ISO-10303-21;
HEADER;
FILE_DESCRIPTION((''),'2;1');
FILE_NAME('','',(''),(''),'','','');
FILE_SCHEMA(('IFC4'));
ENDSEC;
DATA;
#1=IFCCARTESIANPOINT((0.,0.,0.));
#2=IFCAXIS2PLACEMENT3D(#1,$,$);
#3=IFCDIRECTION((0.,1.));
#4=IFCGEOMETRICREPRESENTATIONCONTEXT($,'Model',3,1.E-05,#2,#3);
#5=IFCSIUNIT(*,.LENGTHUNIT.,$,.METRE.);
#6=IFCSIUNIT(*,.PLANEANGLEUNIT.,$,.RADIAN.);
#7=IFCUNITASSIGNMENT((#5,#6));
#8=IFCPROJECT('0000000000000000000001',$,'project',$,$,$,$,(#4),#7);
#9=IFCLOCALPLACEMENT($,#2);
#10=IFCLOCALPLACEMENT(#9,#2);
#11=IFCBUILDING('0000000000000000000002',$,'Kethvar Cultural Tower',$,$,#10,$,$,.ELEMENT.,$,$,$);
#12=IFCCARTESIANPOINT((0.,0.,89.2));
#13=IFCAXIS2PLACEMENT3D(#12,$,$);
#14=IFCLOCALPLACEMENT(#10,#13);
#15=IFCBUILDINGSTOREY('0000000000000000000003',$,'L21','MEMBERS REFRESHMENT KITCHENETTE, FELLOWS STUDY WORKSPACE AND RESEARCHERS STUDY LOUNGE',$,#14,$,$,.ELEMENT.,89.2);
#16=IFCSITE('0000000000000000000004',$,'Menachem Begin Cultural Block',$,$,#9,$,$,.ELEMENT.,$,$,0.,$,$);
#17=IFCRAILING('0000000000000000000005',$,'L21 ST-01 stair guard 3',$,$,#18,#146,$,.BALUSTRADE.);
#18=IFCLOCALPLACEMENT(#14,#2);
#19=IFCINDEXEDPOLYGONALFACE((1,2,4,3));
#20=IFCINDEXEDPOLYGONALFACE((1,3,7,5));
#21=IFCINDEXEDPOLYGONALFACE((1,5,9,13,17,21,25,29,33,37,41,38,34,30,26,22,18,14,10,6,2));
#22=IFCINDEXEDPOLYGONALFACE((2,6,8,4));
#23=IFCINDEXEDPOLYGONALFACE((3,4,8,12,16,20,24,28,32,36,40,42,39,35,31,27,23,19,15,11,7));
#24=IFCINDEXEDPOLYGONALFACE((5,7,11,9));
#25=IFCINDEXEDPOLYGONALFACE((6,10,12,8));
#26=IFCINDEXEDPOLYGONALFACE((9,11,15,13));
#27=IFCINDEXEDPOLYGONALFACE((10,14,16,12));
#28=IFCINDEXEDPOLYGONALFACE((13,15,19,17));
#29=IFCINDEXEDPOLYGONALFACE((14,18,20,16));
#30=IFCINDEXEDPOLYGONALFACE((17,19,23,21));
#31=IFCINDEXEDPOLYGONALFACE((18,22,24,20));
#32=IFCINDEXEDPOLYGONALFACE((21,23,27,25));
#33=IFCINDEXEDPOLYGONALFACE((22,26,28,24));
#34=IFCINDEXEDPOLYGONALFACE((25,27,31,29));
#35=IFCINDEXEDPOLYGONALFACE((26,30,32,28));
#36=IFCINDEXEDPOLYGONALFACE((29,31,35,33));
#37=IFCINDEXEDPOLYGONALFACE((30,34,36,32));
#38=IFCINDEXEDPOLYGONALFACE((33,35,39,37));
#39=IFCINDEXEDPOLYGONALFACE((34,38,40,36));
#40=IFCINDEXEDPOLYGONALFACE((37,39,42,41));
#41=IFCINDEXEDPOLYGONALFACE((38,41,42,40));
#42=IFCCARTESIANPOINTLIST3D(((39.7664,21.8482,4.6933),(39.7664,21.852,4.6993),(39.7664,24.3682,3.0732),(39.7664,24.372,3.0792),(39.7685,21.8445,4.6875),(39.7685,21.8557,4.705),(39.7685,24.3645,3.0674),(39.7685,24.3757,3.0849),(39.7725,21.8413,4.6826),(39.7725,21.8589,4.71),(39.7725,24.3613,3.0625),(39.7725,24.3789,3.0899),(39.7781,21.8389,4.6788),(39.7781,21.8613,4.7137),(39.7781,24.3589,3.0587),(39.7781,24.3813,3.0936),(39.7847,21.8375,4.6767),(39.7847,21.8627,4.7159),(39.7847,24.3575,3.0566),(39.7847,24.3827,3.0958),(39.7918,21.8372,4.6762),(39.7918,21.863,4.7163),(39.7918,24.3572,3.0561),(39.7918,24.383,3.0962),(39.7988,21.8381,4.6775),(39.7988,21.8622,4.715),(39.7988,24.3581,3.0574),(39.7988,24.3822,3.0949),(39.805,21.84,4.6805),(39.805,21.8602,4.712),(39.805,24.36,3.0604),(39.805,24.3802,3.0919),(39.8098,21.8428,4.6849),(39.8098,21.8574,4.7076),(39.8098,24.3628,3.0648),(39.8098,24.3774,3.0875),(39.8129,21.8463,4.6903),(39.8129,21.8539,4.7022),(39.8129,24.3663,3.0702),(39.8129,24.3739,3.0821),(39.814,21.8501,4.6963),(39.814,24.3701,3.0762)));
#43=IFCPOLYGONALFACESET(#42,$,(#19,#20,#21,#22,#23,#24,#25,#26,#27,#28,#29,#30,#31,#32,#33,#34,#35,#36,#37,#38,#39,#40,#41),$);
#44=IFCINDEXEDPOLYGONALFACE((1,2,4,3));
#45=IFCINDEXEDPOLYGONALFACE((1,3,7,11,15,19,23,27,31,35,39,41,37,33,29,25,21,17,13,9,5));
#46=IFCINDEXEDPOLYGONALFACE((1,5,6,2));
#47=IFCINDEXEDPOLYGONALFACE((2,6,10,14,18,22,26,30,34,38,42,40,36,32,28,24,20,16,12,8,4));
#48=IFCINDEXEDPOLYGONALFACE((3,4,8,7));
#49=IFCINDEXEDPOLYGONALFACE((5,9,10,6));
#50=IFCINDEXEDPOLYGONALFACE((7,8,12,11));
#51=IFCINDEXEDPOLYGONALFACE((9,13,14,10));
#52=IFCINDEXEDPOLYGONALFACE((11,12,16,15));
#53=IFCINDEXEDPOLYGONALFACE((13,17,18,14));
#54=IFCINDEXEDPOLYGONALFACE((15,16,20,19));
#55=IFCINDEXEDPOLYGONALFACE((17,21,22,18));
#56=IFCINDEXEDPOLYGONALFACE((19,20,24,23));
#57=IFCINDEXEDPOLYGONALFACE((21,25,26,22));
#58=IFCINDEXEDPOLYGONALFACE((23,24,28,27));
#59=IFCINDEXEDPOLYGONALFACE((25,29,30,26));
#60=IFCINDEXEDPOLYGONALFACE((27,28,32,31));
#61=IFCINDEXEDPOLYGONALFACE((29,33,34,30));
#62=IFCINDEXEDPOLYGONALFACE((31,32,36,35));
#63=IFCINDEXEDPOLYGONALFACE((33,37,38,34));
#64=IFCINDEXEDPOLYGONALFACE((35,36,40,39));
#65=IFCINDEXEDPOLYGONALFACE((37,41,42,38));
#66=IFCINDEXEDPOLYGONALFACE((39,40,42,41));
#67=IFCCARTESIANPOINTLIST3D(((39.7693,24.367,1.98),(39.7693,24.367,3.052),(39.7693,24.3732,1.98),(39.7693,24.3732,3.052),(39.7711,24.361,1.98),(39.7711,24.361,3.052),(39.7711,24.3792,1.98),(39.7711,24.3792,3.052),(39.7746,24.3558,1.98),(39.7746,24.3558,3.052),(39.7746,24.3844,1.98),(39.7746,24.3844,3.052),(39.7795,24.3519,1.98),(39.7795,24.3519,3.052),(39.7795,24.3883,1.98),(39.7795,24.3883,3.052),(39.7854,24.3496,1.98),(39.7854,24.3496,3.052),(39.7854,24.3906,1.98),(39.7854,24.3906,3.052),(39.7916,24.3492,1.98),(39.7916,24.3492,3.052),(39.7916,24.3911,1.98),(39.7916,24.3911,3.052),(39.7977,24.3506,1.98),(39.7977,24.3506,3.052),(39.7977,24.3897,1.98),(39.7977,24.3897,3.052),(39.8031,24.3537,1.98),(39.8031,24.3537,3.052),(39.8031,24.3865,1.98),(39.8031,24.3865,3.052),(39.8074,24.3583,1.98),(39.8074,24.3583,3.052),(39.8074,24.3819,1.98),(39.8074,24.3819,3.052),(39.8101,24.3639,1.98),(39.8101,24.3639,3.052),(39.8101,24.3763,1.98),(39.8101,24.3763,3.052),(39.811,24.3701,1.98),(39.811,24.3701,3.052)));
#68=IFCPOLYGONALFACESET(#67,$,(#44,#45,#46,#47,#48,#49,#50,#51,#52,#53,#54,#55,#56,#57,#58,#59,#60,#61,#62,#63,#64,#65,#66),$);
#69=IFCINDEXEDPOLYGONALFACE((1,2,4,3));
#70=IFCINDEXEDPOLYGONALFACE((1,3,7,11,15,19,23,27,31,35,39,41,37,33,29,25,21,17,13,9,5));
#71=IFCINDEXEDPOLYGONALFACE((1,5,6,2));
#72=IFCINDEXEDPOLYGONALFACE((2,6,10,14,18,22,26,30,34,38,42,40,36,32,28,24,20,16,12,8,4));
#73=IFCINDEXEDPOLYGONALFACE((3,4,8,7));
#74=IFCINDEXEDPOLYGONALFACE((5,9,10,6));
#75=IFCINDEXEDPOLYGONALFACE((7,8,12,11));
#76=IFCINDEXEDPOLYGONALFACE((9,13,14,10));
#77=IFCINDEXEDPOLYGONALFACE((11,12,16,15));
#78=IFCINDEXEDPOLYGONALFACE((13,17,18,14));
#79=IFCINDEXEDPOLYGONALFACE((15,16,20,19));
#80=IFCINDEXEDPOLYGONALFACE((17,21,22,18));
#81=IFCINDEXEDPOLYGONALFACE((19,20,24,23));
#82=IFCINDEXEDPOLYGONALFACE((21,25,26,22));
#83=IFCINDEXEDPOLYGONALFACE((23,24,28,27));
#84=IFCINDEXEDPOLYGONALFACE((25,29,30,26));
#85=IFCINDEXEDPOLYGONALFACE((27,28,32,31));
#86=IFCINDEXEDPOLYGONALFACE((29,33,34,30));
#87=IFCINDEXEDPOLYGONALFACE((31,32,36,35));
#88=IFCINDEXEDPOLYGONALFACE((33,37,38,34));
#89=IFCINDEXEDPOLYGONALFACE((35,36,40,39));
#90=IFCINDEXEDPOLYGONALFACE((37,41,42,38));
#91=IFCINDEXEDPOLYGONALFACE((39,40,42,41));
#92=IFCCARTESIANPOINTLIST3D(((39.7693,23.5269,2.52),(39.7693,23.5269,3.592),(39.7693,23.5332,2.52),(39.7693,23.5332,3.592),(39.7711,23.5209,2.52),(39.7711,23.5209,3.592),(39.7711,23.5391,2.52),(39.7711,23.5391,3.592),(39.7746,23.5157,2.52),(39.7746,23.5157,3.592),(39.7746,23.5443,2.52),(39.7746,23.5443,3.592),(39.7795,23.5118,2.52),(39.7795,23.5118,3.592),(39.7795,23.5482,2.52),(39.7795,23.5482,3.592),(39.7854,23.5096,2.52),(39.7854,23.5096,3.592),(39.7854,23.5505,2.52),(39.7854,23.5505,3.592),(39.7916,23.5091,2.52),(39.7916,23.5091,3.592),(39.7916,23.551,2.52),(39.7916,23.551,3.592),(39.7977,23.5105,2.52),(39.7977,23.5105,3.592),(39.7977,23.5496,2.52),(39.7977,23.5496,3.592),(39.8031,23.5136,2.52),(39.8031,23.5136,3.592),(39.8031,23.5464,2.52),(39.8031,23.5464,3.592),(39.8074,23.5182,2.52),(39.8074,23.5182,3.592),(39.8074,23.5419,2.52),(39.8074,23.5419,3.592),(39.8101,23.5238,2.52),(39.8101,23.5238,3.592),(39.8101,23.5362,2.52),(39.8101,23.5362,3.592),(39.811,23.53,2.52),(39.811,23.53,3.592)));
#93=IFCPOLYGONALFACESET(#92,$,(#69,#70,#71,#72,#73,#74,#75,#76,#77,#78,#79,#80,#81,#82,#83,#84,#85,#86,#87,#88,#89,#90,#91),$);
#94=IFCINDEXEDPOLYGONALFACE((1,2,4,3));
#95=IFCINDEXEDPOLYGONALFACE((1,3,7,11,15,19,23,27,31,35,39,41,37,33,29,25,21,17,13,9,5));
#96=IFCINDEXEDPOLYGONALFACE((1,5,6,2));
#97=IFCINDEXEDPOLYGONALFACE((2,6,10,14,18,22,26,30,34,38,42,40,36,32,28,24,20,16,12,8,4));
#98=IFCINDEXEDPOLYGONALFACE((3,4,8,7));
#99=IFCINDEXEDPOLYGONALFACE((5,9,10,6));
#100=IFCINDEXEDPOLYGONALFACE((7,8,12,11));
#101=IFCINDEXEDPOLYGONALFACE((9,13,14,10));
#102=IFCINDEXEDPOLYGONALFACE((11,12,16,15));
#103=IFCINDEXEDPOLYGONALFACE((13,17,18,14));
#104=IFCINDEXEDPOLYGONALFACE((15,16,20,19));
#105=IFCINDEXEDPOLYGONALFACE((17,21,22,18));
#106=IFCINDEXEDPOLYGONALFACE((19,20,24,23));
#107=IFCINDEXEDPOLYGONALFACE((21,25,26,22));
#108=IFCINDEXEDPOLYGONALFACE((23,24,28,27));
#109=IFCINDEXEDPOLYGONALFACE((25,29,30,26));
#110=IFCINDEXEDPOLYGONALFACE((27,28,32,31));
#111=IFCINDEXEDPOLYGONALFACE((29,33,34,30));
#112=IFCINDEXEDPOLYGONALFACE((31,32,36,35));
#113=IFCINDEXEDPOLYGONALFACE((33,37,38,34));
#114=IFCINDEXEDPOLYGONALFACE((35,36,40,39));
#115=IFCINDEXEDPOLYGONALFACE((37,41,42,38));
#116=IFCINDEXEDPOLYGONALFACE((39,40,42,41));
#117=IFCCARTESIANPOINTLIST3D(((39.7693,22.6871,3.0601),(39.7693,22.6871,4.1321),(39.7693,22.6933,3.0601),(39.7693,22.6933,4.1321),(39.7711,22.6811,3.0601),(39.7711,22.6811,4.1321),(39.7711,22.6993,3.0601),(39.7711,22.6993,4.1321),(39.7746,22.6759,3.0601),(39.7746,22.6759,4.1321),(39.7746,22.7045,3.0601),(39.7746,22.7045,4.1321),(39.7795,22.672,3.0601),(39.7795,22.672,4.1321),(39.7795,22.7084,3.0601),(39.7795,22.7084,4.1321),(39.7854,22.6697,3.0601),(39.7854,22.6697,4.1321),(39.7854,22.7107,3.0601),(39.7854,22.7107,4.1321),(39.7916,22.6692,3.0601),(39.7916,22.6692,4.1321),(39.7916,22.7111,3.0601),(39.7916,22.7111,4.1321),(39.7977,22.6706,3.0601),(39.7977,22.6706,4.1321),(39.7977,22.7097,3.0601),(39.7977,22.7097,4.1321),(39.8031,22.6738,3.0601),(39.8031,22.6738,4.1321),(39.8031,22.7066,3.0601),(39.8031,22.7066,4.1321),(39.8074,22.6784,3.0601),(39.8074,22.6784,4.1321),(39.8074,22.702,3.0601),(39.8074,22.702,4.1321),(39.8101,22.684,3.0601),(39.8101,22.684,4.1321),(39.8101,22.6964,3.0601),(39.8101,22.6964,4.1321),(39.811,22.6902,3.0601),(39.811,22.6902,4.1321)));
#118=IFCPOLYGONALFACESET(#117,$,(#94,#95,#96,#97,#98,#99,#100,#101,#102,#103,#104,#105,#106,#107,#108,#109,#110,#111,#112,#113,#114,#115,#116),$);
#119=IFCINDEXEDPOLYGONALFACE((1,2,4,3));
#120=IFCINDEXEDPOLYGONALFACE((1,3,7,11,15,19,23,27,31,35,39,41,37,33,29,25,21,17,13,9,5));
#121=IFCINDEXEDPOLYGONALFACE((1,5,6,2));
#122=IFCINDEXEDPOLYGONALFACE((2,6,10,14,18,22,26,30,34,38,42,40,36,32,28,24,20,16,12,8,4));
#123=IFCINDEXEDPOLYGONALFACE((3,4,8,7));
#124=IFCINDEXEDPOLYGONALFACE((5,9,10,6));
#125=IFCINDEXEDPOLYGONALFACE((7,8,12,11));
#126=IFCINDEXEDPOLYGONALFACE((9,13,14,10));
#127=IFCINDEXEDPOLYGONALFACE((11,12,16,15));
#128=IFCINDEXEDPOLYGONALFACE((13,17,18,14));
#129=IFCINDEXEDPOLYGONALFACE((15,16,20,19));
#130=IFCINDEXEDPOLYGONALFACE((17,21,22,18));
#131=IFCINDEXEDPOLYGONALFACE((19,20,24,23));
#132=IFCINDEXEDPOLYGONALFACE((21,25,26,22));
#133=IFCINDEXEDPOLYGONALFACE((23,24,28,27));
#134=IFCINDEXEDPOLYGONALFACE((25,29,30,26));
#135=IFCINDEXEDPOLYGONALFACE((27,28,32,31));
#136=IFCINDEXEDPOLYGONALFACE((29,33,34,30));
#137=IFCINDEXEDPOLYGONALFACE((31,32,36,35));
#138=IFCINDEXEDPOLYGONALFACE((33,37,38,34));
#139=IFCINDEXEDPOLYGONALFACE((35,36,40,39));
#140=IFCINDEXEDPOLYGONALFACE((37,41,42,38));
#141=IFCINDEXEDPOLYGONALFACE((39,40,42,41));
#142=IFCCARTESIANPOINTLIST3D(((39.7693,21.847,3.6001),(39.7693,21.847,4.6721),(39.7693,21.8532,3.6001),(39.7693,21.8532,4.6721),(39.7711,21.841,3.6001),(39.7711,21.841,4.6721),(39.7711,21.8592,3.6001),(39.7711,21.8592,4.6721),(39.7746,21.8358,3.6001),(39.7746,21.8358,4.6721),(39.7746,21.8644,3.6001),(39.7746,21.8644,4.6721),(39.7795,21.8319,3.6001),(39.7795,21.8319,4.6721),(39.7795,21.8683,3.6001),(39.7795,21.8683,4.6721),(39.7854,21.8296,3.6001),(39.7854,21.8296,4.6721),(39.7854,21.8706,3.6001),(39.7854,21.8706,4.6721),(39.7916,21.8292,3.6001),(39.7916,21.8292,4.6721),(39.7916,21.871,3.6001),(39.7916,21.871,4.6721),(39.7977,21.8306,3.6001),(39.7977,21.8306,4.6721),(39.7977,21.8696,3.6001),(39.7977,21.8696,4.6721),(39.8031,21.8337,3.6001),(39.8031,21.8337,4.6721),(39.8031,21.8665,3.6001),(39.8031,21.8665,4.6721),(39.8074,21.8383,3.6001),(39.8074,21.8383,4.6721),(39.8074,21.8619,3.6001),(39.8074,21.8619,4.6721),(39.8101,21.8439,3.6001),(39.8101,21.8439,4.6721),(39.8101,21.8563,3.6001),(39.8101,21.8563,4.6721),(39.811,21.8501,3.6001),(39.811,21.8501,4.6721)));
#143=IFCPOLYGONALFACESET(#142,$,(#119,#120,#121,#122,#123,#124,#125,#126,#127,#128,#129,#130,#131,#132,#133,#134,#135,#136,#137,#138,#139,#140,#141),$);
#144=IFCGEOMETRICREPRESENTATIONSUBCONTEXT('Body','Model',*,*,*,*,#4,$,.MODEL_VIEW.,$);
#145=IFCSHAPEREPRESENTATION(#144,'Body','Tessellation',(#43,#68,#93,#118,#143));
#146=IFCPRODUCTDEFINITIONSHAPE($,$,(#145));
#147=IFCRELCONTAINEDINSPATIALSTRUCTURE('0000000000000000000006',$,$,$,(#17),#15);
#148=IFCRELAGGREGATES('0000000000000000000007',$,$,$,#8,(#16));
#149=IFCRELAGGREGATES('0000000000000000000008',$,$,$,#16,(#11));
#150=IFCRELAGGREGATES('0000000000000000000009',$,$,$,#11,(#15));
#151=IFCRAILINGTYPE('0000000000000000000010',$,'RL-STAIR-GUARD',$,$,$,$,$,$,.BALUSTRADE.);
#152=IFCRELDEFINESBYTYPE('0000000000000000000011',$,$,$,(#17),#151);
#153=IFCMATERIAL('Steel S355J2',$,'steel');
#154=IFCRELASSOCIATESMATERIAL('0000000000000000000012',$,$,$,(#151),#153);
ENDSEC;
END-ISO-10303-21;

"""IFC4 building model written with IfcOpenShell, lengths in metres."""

from ifc_helpers import new_model, si_unit, direction, frame, origin, origin_2d, place, context, subcontext, project, spatial, circle, extrude, material, type_object, element, save


model = new_model("IFC4")

# Units and contexts
model_context = context("Model", 3, precision=1e-05, world=origin(), true_north=direction((0.0, 1.0)))
body_context = subcontext(model_context, "Body", "Model", "MODEL_VIEW")
ifc_project = project(units=[si_unit("LENGTHUNIT", "METRE"), si_unit("PLANEANGLEUNIT", "RADIAN")], contexts=[model_context])

# Site, building, storey
site_placement = place(None, origin())
site = spatial("IfcSite", under=ifc_project, at=site_placement, Name="Menachem Begin Cultural Block", CompositionType="ELEMENT", RefElevation=0.0)
building_placement = place(site_placement, origin())
building = spatial("IfcBuilding", under=site, at=building_placement, Name="Kethvar Cultural Tower", CompositionType="ELEMENT")
storey_placement = place(building_placement, frame((0.0, 0.0, 89.2)))
storey = spatial("IfcBuildingStorey", under=building, at=storey_placement, Name="L21", Description="MEMBERS REFRESHMENT KITCHENETTE, FELLOWS STUDY WORKSPACE AND RESEARCHERS STUDY LOUNGE", CompositionType="ELEMENT", Elevation=89.2)

# Shared definitions
ifc_material_1 = material(Name="Steel S355J2", Category="steel")

# Railing
railing_type_1 = type_object("IfcRailingType", Name="RL-STAIR-GUARD", PredefinedType="BALUSTRADE", material=ifc_material_1)
railing_1_placement = place(storey_placement, frame((39.79, 24.3701, 1.98)))
element("IfcRailing", 1, at=railing_1_placement, inside=storey, type_object=railing_type_1, Name="L21 ST-01 stair guard 3", PredefinedType="BALUSTRADE", context=body_context, shape_type="SweptSolid", body=[
    extrude(circle(Radius=0.0239, at=origin_2d()), frame((0.0, 0.0, 1.0962), z_axis=(0.0, -0.841163, 0.540782), x_axis=(1.0, 0.0, 0.0)), (0.0, 0.0, 1.0), 2.9958),
    extrude(circle(Radius=0.021, at=origin_2d()), origin(), (0.0, 0.0, 1.0), 1.072),
    extrude(circle(Radius=0.021, at=origin_2d()), frame((0.0, -0.8401, 0.54)), (0.0, 0.0, 1.0), 1.072),
    extrude(circle(Radius=0.021, at=origin_2d()), frame((0.0, -1.6799, 1.0801)), (0.0, 0.0, 1.0), 1.072),
    extrude(circle(Radius=0.021, at=origin_2d()), frame((0.0, -2.52, 1.6201)), (0.0, 0.0, 1.0), 1.072),
])

save(model, "model.ifc")
